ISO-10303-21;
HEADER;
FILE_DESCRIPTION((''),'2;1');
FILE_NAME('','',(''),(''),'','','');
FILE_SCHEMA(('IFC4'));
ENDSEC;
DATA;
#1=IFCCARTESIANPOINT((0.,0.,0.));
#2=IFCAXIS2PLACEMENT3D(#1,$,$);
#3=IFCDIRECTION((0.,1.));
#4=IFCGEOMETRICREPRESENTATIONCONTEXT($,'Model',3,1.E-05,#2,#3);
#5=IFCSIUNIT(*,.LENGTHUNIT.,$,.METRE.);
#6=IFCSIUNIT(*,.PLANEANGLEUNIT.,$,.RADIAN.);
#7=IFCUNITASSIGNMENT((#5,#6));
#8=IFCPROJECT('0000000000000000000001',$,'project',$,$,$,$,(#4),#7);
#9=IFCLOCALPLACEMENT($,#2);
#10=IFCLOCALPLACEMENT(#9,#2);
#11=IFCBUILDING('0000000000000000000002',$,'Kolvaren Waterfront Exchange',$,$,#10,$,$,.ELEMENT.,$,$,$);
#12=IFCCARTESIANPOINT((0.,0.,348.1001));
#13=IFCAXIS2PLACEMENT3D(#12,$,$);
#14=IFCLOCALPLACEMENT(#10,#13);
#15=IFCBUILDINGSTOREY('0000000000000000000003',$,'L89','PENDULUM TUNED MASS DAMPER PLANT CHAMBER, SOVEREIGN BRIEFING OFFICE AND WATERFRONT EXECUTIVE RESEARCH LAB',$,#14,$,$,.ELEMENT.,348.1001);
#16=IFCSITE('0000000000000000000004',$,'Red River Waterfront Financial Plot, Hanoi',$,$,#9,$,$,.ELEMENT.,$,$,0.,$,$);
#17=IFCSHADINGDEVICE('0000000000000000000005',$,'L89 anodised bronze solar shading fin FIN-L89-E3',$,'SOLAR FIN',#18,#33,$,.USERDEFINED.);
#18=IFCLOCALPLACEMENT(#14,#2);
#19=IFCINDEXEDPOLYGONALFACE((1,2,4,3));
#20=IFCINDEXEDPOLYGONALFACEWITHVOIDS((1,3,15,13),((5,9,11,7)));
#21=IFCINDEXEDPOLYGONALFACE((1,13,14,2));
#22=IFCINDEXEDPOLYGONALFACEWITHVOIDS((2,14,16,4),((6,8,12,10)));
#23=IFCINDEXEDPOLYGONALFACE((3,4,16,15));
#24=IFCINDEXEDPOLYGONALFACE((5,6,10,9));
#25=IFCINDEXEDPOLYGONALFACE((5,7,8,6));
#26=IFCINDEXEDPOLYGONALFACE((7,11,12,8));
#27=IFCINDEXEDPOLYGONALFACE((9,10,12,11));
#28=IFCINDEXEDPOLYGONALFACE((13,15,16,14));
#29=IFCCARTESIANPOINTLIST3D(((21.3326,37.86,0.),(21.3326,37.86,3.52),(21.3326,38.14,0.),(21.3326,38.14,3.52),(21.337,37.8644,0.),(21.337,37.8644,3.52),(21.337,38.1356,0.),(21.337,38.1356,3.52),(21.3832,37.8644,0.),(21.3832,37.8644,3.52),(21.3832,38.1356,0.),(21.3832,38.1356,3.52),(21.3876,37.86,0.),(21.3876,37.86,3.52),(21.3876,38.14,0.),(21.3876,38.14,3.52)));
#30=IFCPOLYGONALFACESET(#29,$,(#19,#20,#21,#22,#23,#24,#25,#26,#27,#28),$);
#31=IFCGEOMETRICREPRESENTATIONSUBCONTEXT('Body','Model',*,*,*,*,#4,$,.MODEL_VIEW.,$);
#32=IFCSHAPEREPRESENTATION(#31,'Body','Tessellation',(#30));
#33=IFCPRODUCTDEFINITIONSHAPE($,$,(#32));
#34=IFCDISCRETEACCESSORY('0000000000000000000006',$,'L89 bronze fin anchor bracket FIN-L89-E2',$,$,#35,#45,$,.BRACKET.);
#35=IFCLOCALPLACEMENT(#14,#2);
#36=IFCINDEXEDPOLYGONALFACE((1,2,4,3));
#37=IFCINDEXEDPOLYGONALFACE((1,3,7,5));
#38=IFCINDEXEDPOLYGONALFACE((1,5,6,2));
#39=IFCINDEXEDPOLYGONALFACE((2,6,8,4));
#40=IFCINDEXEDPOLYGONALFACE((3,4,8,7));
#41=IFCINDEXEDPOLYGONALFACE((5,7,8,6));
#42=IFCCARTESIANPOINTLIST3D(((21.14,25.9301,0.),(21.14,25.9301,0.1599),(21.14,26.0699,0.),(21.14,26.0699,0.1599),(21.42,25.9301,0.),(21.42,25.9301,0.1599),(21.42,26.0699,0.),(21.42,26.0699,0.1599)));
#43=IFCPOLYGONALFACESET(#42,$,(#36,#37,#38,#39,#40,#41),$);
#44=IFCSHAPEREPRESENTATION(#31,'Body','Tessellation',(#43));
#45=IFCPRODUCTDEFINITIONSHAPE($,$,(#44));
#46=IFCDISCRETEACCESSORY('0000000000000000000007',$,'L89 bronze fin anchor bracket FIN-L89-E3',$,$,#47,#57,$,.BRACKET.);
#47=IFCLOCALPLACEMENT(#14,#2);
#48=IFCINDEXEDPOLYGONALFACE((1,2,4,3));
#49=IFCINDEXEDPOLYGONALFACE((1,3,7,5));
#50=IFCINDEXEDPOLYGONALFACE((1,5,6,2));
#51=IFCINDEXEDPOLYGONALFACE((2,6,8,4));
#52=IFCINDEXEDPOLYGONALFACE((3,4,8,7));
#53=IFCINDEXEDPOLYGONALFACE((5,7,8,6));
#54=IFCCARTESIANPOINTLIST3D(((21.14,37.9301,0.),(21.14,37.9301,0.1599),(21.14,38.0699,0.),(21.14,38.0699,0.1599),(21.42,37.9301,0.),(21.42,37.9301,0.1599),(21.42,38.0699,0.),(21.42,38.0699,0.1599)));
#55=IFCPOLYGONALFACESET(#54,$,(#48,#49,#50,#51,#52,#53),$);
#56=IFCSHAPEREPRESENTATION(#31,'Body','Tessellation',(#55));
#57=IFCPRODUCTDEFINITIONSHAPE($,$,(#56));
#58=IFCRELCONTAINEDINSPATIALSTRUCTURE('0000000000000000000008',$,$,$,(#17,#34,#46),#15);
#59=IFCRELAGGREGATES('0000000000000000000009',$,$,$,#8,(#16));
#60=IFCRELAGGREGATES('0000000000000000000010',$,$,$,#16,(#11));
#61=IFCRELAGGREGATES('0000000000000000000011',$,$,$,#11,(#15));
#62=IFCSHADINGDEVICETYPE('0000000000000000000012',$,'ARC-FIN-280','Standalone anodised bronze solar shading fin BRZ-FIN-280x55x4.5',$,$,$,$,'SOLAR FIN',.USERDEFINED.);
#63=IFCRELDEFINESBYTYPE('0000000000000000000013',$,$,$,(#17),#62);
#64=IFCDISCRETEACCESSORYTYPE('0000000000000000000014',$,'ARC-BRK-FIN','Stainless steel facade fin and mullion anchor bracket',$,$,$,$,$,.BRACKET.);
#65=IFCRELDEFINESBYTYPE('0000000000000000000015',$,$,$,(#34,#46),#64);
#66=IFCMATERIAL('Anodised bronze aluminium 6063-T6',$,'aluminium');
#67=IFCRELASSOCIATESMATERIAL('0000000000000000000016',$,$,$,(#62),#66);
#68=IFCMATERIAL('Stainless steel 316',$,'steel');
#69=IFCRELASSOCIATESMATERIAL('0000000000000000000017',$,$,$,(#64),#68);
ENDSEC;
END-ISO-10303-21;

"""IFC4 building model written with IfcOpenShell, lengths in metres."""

from ifc_helpers import new_model, si_unit, direction, frame, origin, origin_with_axes, origin_2d, place, context, subcontext, project, spatial, rectangle, hollow_rectangle, extrude, source, transform, mapped, material, material_profile, profile_set, type_object, element, save


model = new_model("IFC4")

# Units and contexts
model_context = context("Model", 3, precision=1e-05, world=origin(), true_north=direction((0.0, 1.0)))
body_context = subcontext(model_context, "Body", "Model", "MODEL_VIEW")
ifc_project = project(units=[si_unit("LENGTHUNIT", "METRE"), si_unit("PLANEANGLEUNIT", "RADIAN")], contexts=[model_context])

# Site, building, storey
site_placement = place(None, origin())
site = spatial("IfcSite", under=ifc_project, at=site_placement, Name="Red River Waterfront Financial Plot, Hanoi", CompositionType="ELEMENT", RefElevation=0.0)
building_placement = place(site_placement, origin())
building = spatial("IfcBuilding", under=site, at=building_placement, Name="Kolvaren Waterfront Exchange", CompositionType="ELEMENT")
storey_placement = place(building_placement, frame((0.0, 0.0, 348.1001)))
storey = spatial("IfcBuildingStorey", under=building, at=storey_placement, Name="L89", Description="PENDULUM TUNED MASS DAMPER PLANT CHAMBER, SOVEREIGN BRIEFING OFFICE AND WATERFRONT EXECUTIVE RESEARCH LAB", CompositionType="ELEMENT", Elevation=348.1001)

# Shared definitions
ifc_material_1 = material(Name="Anodised bronze aluminium 6063-T6", Category="aluminium")

# Shading device
ifc_material_profile_1 = material_profile(ifc_material_1, hollow_rectangle(XDim=0.0549, YDim=0.28, WallThickness=0.0044, at=origin_2d()), Name="BRZ-FIN-280x55x4.5")
ifc_profile_set_1 = profile_set([ifc_material_profile_1], Name="Anodised bronze aluminium 6063-T6")
shading_device_type = type_object("IfcShadingDeviceType", Name="ARC-FIN-280", Description="Standalone anodised bronze solar shading fin BRZ-FIN-280x55x4.5", ElementType="SOLAR FIN", PredefinedType="USERDEFINED", material=ifc_profile_set_1)
for number, where, z_axis, x_axis, name in (
    (1, (21.3601, 38.0, 0.0), (0.0, 0.0, 1.0), (1.0, 0.0, 0.0), "L89 anodised bronze solar shading fin FIN-L89-E3"),
):
    element("IfcShadingDevice", number, at=place(storey_placement, frame(where, z_axis=z_axis, x_axis=x_axis)), inside=storey, type_object=shading_device_type, Name=name, ObjectType="SOLAR FIN", PredefinedType="USERDEFINED", context=body_context, shape_type="SweptSolid", body=[
        extrude(hollow_rectangle(XDim=0.0549, YDim=0.28, WallThickness=0.0044, at=origin_2d()), origin(), (0.0, 0.0, 1.0), 3.52),
    ])

# Discrete accessories
ifc_material_2 = material(Name="Stainless steel 316", Category="steel")
discrete_accessory_type = type_object("IfcDiscreteAccessoryType", Name="ARC-BRK-FIN", Description="Stainless steel facade fin and mullion anchor bracket", PredefinedType="BRACKET", material=ifc_material_2)
shared_shape_1 = source(origin_with_axes(), body_context, "Body", "SweptSolid", [
    extrude(rectangle(XDim=0.28, YDim=0.1399, at=origin_2d()), origin(), (0.0, 0.0, 1.0), 0.1599),
])
for number, where, z_axis, x_axis, name in (
    (2, (21.28, 26.0, 0.0), (0.0, 0.0, 1.0), (1.0, 0.0, 0.0), "L89 bronze fin anchor bracket FIN-L89-E2"),
    (3, (21.28, 38.0, 0.0), (0.0, 0.0, 1.0), (1.0, 0.0, 0.0), "L89 bronze fin anchor bracket FIN-L89-E3"),
):
    element("IfcDiscreteAccessory", number, at=place(storey_placement, frame(where, z_axis=z_axis, x_axis=x_axis)), inside=storey, type_object=discrete_accessory_type, Name=name, PredefinedType="BRACKET", context=body_context, shape_type="MappedRepresentation", body=[
        mapped(shared_shape_1, transform((0.0, 0.0, 0.0), x_axis=(1.0, 0.0, 0.0), y_axis=(0.0, 1.0, 0.0), z_axis=(0.0, 0.0, 1.0), scale=1.0)),
    ])

save(model, "model.ifc")
